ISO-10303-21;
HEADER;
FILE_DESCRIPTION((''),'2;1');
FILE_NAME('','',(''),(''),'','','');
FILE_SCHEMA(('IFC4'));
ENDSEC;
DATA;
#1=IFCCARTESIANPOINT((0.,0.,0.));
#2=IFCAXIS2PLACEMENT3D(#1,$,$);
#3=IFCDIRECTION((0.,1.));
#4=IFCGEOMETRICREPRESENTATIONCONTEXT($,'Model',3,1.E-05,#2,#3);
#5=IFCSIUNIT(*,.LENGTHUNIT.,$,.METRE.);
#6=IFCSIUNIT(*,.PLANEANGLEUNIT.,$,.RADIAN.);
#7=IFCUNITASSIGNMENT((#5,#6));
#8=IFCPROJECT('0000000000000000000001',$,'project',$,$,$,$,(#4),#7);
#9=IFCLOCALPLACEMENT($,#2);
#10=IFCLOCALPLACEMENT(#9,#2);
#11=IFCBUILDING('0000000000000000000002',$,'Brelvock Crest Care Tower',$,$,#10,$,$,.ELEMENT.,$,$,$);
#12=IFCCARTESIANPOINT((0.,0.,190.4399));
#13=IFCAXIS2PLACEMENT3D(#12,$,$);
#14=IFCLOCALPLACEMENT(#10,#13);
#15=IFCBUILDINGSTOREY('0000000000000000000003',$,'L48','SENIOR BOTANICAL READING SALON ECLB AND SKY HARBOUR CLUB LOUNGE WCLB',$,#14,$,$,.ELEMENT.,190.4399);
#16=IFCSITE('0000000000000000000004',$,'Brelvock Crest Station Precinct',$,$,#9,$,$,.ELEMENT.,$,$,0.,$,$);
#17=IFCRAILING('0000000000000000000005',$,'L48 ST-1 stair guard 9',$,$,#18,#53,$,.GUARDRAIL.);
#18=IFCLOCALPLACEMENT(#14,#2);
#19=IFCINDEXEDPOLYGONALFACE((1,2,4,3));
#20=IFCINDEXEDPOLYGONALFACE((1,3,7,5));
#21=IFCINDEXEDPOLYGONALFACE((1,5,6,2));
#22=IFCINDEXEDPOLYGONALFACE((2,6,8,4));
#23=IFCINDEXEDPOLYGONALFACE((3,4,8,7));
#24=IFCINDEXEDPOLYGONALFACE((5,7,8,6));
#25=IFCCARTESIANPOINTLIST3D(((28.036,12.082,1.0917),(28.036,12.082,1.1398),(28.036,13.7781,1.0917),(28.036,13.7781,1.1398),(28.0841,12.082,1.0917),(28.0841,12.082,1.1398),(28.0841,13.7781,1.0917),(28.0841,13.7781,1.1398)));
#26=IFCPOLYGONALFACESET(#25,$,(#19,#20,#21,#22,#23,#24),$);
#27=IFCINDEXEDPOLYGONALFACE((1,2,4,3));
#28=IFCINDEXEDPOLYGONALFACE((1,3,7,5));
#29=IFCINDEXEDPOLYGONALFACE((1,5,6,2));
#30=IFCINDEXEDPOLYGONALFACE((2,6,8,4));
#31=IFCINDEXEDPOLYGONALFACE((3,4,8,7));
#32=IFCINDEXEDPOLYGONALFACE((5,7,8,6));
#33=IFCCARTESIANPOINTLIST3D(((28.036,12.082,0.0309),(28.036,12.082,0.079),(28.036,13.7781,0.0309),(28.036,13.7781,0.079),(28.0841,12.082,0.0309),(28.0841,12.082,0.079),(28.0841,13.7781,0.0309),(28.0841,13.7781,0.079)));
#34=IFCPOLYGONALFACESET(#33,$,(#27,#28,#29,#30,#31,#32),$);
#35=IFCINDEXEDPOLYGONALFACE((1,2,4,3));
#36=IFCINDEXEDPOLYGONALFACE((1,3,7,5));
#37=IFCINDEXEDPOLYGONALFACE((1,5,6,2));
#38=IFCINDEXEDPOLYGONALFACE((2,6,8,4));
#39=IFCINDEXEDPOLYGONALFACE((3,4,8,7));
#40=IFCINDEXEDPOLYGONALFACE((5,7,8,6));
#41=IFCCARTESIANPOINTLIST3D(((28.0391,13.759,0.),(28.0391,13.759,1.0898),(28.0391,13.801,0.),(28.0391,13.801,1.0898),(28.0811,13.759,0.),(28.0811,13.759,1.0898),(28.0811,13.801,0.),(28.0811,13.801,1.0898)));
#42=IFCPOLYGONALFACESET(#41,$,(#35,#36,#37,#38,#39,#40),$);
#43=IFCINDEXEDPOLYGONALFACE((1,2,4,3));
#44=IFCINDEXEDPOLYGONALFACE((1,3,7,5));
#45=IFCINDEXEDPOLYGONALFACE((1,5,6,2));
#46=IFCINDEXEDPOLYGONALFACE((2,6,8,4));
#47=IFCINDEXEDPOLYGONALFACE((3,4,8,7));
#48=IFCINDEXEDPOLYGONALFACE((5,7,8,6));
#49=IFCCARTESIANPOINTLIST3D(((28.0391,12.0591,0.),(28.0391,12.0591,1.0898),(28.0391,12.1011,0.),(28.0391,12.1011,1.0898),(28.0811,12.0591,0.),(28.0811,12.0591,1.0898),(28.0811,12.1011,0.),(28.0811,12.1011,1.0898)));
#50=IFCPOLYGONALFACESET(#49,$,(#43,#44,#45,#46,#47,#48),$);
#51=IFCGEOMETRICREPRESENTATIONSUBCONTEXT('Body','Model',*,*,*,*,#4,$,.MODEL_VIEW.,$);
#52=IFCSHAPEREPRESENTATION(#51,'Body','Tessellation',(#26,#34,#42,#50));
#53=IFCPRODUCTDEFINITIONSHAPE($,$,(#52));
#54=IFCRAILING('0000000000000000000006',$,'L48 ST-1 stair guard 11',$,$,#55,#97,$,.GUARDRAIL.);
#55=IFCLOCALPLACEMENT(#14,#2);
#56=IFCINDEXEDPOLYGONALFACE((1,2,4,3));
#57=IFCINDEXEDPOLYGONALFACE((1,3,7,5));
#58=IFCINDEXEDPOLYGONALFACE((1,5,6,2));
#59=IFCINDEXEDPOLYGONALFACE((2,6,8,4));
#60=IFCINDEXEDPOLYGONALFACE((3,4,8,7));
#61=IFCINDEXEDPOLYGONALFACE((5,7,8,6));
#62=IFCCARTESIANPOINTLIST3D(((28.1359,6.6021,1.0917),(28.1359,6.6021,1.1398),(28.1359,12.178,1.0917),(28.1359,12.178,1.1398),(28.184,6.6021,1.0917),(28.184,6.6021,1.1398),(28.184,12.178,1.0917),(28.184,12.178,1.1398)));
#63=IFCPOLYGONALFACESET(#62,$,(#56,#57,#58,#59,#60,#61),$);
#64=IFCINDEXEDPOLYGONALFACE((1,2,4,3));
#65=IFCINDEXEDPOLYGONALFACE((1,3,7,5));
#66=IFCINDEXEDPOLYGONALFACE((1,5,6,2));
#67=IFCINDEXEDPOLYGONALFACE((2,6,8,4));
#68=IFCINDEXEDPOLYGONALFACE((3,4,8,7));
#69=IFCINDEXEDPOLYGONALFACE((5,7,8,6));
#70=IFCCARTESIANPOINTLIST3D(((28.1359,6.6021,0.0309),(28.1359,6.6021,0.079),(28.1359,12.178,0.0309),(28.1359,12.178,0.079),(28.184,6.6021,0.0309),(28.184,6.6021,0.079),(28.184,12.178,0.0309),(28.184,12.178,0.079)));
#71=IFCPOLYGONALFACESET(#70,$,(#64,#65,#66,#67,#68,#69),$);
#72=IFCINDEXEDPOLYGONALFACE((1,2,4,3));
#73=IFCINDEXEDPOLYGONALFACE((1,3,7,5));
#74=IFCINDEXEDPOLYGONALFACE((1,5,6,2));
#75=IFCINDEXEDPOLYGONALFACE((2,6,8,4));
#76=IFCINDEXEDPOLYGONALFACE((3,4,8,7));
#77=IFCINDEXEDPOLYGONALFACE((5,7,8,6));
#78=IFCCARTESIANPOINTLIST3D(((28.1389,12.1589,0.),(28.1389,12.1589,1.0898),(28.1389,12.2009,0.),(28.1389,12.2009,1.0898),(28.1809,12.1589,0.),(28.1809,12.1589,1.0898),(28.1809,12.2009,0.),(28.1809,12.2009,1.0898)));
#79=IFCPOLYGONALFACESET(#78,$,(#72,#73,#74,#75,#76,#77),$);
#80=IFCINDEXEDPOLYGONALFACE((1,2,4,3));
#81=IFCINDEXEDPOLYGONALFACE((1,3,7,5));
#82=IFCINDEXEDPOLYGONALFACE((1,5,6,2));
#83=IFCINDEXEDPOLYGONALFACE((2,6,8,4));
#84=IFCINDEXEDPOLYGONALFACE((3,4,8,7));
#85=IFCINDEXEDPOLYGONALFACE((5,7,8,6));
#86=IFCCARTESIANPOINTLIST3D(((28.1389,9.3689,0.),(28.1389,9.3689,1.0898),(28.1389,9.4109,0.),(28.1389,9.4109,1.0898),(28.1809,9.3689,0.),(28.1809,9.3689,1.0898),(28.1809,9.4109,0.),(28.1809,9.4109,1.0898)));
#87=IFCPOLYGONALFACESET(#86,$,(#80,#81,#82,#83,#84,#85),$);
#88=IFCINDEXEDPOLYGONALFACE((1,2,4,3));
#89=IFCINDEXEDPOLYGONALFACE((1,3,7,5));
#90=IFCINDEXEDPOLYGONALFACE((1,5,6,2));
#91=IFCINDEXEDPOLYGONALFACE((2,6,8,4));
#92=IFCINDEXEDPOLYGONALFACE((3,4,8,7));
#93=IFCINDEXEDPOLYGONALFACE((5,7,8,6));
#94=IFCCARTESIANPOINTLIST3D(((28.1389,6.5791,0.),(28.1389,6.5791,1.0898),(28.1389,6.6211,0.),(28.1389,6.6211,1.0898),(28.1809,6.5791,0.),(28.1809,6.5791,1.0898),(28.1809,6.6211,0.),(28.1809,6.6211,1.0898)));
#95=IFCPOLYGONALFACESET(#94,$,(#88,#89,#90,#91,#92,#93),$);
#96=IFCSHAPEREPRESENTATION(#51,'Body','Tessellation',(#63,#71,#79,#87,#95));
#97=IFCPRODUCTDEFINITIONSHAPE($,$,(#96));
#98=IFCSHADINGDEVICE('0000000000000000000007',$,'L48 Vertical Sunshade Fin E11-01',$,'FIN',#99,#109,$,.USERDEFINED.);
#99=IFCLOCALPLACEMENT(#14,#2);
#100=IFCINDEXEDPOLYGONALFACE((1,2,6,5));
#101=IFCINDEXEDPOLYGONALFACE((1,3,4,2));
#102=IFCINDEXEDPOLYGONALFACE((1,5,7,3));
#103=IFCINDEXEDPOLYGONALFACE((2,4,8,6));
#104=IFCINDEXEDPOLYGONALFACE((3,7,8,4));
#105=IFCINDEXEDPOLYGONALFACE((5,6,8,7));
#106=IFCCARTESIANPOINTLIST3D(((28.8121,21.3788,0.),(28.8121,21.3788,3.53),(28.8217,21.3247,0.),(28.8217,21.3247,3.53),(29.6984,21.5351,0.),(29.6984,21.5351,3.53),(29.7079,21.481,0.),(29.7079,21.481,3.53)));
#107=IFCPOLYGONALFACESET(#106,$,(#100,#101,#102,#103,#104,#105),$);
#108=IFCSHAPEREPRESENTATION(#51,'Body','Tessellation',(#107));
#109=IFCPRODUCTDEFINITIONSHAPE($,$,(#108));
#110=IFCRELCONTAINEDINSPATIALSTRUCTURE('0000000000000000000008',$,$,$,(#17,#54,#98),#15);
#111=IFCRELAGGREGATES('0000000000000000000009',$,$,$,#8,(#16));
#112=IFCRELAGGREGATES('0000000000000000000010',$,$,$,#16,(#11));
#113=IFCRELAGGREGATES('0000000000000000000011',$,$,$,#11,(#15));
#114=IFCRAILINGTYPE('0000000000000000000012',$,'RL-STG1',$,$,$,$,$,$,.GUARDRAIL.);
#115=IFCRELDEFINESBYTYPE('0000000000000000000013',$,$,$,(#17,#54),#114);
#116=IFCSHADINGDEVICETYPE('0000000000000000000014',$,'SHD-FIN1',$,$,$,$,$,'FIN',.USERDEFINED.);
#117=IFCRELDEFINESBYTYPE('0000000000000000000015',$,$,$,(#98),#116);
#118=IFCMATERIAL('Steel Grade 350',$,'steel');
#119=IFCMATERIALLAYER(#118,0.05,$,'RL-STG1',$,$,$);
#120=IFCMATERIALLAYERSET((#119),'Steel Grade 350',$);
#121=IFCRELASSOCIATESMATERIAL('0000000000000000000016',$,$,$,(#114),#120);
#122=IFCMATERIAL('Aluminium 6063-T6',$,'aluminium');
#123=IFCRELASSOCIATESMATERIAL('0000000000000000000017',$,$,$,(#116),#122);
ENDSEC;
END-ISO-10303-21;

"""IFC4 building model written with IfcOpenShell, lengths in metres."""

from ifc_helpers import new_model, si_unit, direction, frame, origin, origin_2d, place, context, subcontext, project, spatial, rectangle, extrude, source, transform, mapped, material, layer, layer_set, material_profile, profile_set, type_object, element, save


model = new_model("IFC4")

# Units and contexts
model_context = context("Model", 3, precision=1e-05, world=origin(), true_north=direction((0.0, 1.0)))
body_context = subcontext(model_context, "Body", "Model", "MODEL_VIEW")
ifc_project = project(units=[si_unit("LENGTHUNIT", "METRE"), si_unit("PLANEANGLEUNIT", "RADIAN")], contexts=[model_context])

# Site, building, storey
site_placement = place(None, origin())
site = spatial("IfcSite", under=ifc_project, at=site_placement, Name="Brelvock Crest Station Precinct", CompositionType="ELEMENT", RefElevation=0.0)
building_placement = place(site_placement, origin())
building = spatial("IfcBuilding", under=site, at=building_placement, Name="Brelvock Crest Care Tower", CompositionType="ELEMENT")
storey_placement = place(building_placement, frame((0.0, 0.0, 190.4399)))
storey = spatial("IfcBuildingStorey", under=building, at=storey_placement, Name="L48", Description="SENIOR BOTANICAL READING SALON ECLB AND SKY HARBOUR CLUB LOUNGE WCLB", CompositionType="ELEMENT", Elevation=190.4399)

# Shared definitions
ifc_material_1 = material(Name="Steel Grade 350", Category="steel")

# Shared definitions
ifc_material_2 = material(Name="Aluminium 6063-T6", Category="aluminium")

# Railings
ifc_layer_1 = layer(ifc_material_1, 0.05, Name="RL-STG1")
ifc_layer_set_1 = layer_set([ifc_layer_1], Name="Steel Grade 350")
railing_type = type_object("IfcRailingType", Name="RL-STG1", PredefinedType="GUARDRAIL", material=ifc_layer_set_1)
railing_1_placement = place(storey_placement, frame((28.0601, 13.78, 0.0)))
element("IfcRailing", 1, at=railing_1_placement, inside=storey, type_object=railing_type, Name="L48 ST-1 stair guard 9", PredefinedType="GUARDRAIL", context=body_context, shape_type="SweptSolid", body=[
    extrude(rectangle(XDim=0.0481, YDim=0.0481, at=origin_2d()), frame((0.0, -0.002, 1.1157), z_axis=(0.0, -1.0, 0.0), x_axis=(1.0, 0.0, 0.0)), (0.0, 0.0, 1.0), 1.696),
    extrude(rectangle(XDim=0.0481, YDim=0.0481, at=origin_2d()), frame((0.0, -0.002, 0.0549), z_axis=(0.0, -1.0, 0.0), x_axis=(1.0, 0.0, 0.0)), (0.0, 0.0, 1.0), 1.696),
    extrude(rectangle(XDim=0.042, YDim=0.042, at=origin_2d()), origin(), (0.0, 0.0, 1.0), 1.0898),
    extrude(rectangle(XDim=0.042, YDim=0.042, at=origin_2d()), frame((0.0, -1.7, 0.0)), (0.0, 0.0, 1.0), 1.0898),
])
railing_2_placement = place(storey_placement, frame((28.1599, 12.1799, 0.0)))
element("IfcRailing", 2, at=railing_2_placement, inside=storey, type_object=railing_type, Name="L48 ST-1 stair guard 11", PredefinedType="GUARDRAIL", context=body_context, shape_type="SweptSolid", body=[
    extrude(rectangle(XDim=0.0481, YDim=0.0481, at=origin_2d()), frame((0.0, -0.002, 1.1157), z_axis=(0.0, -1.0, 0.0), x_axis=(1.0, 0.0, 0.0)), (0.0, 0.0, 1.0), 5.5759),
    extrude(rectangle(XDim=0.0481, YDim=0.0481, at=origin_2d()), frame((0.0, -0.002, 0.0549), z_axis=(0.0, -1.0, 0.0), x_axis=(1.0, 0.0, 0.0)), (0.0, 0.0, 1.0), 5.5759),
    extrude(rectangle(XDim=0.042, YDim=0.042, at=origin_2d()), origin(), (0.0, 0.0, 1.0), 1.0898),
    extrude(rectangle(XDim=0.042, YDim=0.042, at=origin_2d()), frame((0.0, -2.79, 0.0)), (0.0, 0.0, 1.0), 1.0898),
    extrude(rectangle(XDim=0.042, YDim=0.042, at=origin_2d()), frame((0.0, -5.5798, 0.0)), (0.0, 0.0, 1.0), 1.0898),
])

# Shading device
ifc_material_profile_1 = material_profile(ifc_material_2, rectangle(XDim=0.0549, YDim=0.8999, at=origin_2d()), Name="FIN55x900")
ifc_profile_set_1 = profile_set([ifc_material_profile_1], Name="Aluminium 6063-T6")
shading_device_type = type_object("IfcShadingDeviceType", Name="SHD-FIN1", ElementType="FIN", PredefinedType="USERDEFINED", material=ifc_profile_set_1)
shared_shape_1 = source(origin(), body_context, "Body", "SweptSolid", [
    extrude(rectangle(XDim=0.0549, YDim=0.8999, at=origin_2d()), origin(), (0.0, 0.0, 1.0), 3.53),
])
shading_device_placement = place(storey_placement, frame((29.26, 21.4299, 0.0), z_axis=(0.0, 0.0, 1.0), x_axis=(-0.173648, 0.984808, 0.0)))
element("IfcShadingDevice", 3, at=shading_device_placement, inside=storey, type_object=shading_device_type, Name="L48 Vertical Sunshade Fin E11-01", ObjectType="FIN", PredefinedType="USERDEFINED", context=body_context, shape_type="MappedRepresentation", body=[
    mapped(shared_shape_1, transform((0.0, 0.0, 0.0), x_axis=(1.0, 0.0, 0.0), y_axis=(0.0, 1.0, 0.0), z_axis=(0.0, 0.0, 1.0), scale=1.0)),
])

save(model, "model.ifc")
